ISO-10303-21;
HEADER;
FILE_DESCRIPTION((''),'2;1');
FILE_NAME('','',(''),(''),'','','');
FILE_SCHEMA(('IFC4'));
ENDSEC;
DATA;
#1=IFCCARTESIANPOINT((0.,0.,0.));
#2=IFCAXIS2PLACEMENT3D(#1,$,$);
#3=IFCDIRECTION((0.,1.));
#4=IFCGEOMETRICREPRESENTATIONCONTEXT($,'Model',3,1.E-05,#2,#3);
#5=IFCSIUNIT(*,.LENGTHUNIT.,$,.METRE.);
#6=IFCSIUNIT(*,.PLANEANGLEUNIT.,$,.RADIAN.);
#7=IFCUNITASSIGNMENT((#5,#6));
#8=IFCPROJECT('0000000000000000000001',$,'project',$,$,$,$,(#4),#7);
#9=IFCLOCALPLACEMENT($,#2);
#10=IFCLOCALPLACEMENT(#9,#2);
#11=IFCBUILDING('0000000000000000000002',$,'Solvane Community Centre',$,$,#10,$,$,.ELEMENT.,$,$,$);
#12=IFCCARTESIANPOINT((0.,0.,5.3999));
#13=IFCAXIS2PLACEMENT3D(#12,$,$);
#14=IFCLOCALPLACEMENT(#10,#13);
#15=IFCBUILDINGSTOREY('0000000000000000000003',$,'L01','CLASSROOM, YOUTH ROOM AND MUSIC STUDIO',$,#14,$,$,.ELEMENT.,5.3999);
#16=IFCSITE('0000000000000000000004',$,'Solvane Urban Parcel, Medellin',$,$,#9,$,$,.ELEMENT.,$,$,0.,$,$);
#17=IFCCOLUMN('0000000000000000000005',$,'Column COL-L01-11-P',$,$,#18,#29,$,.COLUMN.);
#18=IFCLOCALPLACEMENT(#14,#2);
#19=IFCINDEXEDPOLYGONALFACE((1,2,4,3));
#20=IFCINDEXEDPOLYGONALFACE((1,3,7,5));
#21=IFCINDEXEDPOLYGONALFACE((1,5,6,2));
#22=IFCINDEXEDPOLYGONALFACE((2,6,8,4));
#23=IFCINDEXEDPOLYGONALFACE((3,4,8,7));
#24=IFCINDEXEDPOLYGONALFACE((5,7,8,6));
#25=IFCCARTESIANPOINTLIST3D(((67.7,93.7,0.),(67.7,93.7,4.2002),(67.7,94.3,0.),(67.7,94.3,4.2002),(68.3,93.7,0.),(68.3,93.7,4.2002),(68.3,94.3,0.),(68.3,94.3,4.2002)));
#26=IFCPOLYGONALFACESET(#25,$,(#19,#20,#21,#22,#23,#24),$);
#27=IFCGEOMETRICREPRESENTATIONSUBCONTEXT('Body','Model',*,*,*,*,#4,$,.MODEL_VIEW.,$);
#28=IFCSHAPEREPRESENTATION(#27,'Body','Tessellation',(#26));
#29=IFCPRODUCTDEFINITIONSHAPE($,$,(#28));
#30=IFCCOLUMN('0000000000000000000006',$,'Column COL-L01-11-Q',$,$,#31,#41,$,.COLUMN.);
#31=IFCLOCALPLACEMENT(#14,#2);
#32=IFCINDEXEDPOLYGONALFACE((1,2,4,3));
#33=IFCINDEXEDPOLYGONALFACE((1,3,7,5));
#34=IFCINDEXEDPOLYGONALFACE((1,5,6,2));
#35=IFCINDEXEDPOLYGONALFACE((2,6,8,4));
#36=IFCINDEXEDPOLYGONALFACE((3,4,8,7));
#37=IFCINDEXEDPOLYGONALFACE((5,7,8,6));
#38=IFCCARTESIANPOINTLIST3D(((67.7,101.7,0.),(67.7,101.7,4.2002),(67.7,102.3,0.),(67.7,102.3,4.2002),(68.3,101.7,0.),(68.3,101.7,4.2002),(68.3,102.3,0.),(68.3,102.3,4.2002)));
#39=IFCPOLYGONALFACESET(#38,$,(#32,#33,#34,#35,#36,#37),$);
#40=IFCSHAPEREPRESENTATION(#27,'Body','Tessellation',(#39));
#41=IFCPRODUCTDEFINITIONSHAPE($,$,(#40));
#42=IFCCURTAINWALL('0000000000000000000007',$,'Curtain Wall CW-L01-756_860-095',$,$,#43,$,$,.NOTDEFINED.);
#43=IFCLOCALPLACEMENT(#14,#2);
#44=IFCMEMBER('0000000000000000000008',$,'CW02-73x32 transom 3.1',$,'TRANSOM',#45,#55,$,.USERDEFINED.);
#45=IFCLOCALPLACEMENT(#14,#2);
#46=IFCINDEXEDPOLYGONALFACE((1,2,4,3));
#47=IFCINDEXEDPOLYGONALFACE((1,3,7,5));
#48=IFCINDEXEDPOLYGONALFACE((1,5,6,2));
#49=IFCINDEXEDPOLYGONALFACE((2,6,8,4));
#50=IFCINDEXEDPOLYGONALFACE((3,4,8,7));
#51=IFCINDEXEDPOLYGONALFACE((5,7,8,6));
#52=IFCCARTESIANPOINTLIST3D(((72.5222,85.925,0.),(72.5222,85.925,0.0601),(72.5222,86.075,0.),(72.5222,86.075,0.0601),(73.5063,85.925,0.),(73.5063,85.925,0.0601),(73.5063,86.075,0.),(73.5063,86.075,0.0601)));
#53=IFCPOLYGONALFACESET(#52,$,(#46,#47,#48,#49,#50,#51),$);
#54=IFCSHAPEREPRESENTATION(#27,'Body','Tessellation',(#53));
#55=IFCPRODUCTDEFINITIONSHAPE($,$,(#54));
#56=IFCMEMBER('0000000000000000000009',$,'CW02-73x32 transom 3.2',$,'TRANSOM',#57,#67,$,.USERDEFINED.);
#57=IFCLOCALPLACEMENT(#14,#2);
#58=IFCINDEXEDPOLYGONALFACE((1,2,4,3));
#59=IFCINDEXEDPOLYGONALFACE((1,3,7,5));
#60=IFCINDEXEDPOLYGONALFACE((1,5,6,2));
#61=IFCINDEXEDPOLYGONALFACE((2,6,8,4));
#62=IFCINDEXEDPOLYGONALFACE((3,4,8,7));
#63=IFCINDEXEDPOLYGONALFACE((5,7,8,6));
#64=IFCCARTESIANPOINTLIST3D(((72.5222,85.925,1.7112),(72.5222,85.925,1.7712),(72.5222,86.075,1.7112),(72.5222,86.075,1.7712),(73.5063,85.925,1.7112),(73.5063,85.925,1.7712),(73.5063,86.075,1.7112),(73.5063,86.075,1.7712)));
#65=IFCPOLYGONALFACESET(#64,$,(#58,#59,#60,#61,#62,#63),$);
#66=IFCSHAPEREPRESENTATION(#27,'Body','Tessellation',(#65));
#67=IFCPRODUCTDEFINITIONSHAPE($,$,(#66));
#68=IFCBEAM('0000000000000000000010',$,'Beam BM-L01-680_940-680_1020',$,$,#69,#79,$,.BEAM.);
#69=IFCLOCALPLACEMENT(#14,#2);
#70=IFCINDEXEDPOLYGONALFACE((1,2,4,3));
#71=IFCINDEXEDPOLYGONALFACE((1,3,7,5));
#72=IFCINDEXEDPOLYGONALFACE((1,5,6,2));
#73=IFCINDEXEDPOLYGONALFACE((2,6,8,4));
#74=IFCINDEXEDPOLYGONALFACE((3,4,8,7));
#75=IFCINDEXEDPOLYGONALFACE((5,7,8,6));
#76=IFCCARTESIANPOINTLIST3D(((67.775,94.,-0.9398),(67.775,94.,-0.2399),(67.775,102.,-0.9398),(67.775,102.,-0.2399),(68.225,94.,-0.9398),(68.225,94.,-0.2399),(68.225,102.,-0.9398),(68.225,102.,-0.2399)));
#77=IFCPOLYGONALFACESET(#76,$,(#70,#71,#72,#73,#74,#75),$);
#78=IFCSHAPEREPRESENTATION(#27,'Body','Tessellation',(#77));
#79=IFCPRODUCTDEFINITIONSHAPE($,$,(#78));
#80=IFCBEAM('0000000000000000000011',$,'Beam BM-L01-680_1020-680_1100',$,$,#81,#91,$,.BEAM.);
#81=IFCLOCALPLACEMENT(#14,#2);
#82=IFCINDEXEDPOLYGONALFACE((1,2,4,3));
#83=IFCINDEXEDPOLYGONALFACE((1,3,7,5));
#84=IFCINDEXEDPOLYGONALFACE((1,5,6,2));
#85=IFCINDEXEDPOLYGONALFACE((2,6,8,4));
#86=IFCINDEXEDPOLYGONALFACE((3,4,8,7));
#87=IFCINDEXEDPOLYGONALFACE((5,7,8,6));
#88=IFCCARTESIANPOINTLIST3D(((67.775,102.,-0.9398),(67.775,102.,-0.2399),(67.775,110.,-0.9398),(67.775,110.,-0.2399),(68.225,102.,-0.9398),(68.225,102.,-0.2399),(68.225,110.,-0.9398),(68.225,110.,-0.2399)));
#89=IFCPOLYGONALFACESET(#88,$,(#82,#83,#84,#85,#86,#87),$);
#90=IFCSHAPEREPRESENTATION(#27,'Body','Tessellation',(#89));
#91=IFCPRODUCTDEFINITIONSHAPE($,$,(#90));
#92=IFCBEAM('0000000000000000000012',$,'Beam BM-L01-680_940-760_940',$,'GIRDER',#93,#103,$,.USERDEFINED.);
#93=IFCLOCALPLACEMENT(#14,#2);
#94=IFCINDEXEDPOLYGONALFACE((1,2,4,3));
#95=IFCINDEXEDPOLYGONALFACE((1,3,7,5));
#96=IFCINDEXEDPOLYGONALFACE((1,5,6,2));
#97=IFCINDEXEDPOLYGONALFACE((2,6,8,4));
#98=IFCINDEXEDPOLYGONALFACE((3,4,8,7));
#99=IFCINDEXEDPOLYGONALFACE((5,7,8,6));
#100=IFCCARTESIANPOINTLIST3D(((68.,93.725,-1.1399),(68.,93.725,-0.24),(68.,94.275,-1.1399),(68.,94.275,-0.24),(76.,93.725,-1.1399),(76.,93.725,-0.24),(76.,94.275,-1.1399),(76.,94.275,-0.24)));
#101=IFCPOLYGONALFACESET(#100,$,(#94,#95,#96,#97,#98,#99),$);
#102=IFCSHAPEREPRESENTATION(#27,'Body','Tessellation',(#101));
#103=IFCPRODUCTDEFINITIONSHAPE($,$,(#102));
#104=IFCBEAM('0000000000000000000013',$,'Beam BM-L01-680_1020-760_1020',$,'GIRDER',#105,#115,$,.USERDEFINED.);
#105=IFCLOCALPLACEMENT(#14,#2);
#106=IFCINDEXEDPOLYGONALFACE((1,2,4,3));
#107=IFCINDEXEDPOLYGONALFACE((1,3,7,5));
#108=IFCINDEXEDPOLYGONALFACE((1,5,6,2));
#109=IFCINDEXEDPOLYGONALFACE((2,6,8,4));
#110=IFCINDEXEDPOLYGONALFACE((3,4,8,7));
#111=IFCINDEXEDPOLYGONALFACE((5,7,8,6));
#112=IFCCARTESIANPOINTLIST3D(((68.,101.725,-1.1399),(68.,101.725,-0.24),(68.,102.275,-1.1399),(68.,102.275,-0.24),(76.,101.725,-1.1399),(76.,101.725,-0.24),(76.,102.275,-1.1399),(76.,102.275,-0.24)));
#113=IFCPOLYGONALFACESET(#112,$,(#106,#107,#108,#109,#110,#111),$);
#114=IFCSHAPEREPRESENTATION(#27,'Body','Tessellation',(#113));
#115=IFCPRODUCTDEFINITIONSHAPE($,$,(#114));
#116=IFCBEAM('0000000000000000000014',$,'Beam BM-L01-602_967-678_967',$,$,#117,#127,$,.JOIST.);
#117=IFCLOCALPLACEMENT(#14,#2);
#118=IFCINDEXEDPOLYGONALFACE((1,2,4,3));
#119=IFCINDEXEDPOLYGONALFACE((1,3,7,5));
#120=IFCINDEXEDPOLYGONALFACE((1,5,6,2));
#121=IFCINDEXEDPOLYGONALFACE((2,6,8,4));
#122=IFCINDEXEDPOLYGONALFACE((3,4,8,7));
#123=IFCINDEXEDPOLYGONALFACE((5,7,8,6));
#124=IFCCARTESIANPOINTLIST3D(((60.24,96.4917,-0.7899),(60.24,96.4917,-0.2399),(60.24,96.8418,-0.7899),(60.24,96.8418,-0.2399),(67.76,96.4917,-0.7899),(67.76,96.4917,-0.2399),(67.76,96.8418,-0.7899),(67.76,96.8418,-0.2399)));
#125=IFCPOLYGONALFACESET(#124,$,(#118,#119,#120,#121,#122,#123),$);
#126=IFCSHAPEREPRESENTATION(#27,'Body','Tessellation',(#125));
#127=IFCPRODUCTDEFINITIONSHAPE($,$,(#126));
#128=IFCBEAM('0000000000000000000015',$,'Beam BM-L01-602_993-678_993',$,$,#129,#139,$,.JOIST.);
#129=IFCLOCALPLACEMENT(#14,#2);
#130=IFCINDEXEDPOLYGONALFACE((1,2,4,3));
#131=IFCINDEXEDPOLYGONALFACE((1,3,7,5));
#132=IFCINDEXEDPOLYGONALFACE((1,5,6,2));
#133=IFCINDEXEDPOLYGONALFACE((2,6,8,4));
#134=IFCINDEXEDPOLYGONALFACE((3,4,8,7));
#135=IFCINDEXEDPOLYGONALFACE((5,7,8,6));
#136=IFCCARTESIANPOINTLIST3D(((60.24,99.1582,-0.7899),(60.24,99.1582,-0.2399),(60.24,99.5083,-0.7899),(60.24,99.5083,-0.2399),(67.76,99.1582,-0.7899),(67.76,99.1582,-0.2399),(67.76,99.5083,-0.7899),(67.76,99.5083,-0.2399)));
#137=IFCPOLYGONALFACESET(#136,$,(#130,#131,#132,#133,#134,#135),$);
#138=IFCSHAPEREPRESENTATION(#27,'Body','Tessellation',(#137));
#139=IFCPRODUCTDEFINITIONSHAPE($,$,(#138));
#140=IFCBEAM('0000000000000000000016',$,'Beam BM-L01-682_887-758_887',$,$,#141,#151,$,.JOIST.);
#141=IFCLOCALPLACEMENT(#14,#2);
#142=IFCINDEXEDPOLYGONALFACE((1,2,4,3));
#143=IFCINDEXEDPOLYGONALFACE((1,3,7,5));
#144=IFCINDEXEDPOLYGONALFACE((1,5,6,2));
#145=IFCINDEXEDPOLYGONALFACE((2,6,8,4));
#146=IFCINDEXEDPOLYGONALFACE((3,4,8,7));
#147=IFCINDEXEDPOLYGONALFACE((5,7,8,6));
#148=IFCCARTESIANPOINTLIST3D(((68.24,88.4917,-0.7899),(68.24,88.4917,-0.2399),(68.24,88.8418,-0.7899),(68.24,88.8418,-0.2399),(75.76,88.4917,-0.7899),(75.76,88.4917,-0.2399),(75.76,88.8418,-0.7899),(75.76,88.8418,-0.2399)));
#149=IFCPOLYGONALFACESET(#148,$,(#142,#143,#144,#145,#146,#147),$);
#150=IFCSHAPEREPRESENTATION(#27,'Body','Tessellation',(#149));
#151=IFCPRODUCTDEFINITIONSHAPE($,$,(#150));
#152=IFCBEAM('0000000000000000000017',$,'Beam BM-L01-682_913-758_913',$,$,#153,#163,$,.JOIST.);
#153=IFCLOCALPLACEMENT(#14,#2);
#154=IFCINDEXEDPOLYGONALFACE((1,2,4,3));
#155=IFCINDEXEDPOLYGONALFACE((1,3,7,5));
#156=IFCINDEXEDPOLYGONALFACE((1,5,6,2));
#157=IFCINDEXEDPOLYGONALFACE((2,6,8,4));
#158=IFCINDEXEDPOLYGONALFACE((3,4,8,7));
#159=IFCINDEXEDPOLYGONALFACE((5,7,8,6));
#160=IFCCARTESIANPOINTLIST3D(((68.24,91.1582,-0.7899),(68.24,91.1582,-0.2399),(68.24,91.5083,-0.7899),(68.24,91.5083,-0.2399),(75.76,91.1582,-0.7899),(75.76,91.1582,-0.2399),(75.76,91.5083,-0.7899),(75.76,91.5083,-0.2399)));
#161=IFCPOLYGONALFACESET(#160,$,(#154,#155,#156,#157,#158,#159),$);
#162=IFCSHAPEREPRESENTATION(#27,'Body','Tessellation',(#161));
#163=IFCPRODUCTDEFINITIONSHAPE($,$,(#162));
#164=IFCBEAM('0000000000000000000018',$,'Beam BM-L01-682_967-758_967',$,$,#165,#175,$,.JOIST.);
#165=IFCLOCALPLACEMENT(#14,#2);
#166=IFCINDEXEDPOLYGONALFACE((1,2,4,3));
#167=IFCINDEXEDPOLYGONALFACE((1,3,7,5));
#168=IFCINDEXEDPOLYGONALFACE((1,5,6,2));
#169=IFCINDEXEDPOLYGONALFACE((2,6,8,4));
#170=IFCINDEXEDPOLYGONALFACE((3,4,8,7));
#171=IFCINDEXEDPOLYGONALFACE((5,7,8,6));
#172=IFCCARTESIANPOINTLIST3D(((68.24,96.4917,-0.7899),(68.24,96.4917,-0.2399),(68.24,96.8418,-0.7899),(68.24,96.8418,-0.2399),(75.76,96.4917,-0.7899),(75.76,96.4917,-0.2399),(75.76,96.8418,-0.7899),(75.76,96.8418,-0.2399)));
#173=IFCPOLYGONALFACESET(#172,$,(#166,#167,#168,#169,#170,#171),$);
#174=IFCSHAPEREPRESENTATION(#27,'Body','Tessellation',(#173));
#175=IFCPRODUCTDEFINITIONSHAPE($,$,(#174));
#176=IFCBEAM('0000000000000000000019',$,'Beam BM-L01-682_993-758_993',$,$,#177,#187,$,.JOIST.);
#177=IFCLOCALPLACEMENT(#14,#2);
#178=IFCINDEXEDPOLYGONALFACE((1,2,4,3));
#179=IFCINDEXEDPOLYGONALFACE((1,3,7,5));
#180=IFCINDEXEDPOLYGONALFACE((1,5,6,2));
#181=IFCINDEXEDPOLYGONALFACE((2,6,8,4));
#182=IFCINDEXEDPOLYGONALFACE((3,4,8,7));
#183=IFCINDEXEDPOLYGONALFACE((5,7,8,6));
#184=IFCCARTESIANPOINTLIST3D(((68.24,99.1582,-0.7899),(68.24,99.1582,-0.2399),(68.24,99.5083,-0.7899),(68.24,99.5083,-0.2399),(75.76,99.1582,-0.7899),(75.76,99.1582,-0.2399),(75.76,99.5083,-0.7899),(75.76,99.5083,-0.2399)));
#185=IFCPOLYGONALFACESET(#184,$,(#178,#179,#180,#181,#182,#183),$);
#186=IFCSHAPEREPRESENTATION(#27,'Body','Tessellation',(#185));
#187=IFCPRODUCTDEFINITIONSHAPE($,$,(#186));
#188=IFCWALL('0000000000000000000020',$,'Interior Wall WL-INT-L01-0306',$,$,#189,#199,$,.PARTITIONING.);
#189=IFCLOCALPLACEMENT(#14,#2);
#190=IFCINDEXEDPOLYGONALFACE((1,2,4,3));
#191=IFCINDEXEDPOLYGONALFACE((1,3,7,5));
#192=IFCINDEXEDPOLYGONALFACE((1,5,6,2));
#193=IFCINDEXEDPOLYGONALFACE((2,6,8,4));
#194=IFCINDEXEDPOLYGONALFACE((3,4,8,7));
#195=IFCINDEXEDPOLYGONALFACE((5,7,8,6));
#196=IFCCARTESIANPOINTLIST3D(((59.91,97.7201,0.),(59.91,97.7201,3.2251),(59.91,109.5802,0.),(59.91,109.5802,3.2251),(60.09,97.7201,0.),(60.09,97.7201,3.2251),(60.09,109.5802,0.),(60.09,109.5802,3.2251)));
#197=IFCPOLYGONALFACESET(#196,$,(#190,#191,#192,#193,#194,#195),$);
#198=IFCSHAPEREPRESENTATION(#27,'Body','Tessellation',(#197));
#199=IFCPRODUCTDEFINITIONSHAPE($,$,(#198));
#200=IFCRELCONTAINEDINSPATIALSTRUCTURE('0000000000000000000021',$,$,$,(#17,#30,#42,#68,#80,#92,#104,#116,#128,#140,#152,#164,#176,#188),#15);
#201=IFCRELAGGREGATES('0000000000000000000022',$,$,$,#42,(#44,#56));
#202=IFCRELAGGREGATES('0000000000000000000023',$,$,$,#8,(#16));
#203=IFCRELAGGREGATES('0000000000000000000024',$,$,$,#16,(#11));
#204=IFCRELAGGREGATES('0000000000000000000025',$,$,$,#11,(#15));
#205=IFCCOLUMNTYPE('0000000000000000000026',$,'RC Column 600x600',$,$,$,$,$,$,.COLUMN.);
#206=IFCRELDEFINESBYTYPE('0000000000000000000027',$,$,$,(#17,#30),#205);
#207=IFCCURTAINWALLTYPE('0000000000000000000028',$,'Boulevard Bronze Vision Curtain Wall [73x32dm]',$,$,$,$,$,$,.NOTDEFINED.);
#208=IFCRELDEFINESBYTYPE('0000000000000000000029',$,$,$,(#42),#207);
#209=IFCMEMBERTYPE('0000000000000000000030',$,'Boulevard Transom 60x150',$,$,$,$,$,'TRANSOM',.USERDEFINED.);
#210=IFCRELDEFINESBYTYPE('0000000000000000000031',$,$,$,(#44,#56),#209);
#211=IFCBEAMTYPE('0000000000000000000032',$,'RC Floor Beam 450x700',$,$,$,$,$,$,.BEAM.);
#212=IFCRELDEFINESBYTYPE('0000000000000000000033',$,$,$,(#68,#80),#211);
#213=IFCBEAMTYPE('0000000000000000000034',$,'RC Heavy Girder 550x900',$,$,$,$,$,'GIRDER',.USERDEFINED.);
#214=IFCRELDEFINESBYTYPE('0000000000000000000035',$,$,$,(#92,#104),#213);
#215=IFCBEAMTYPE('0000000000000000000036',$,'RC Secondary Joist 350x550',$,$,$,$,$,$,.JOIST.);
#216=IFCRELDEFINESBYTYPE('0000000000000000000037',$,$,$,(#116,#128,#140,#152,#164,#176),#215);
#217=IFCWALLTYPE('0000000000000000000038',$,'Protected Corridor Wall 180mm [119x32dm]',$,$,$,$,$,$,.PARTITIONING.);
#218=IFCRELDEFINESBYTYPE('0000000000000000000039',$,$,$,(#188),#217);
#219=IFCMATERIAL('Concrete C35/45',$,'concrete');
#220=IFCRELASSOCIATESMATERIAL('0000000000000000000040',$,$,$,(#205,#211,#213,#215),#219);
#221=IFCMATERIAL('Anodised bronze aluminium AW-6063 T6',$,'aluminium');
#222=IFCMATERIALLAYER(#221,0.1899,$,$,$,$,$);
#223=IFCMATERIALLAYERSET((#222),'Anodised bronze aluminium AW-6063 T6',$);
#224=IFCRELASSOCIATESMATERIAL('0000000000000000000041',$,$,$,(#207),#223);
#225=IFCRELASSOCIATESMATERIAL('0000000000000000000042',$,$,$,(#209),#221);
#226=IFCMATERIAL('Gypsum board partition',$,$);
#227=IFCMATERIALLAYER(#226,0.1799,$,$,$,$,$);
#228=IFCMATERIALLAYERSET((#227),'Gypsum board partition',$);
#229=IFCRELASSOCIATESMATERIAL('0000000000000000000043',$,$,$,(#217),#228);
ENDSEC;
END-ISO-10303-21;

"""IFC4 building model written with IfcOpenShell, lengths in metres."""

from ifc_helpers import new_model, si_unit, direction, frame, frame_2d, origin, origin_2d, place, context, subcontext, project, spatial, rectangle, extrude, material, layer, layer_set, material_profile, profile_set, type_object, element, aggregate, save


model = new_model("IFC4")

# Units and contexts
model_context = context("Model", 3, precision=1e-05, world=origin(), true_north=direction((0.0, 1.0)))
body_context = subcontext(model_context, "Body", "Model", "MODEL_VIEW")
ifc_project = project(units=[si_unit("LENGTHUNIT", "METRE"), si_unit("PLANEANGLEUNIT", "RADIAN")], contexts=[model_context])

# Site, building, storey
site_placement = place(None, origin())
site = spatial("IfcSite", under=ifc_project, at=site_placement, Name="Solvane Urban Parcel, Medellin", CompositionType="ELEMENT", RefElevation=0.0)
building_placement = place(site_placement, origin())
building = spatial("IfcBuilding", under=site, at=building_placement, Name="Solvane Community Centre", CompositionType="ELEMENT")
storey_placement = place(building_placement, frame((0.0, 0.0, 5.3999)))
storey = spatial("IfcBuildingStorey", under=building, at=storey_placement, Name="L01", Description="CLASSROOM, YOUTH ROOM AND MUSIC STUDIO", CompositionType="ELEMENT", Elevation=5.3999)

# Columns
ifc_material_1 = material(Name="Concrete C35/45", Category="concrete")
ifc_material_profile_1 = material_profile(ifc_material_1, rectangle(XDim=0.6001, YDim=0.6001, at=origin_2d()), Name="RC 600x600")
ifc_profile_set_1 = profile_set([ifc_material_profile_1], Name="Concrete C35/45")
column_type = type_object("IfcColumnType", Name="RC Column 600x600", PredefinedType="COLUMN", material=ifc_profile_set_1)
for number, where, z_axis, x_axis, name in (
    (1, (68.0, 94.0, 0.0), (0.0, 0.0, 1.0), (1.0, 0.0, 0.0), "Column COL-L01-11-P"),
    (2, (68.0, 102.0, 0.0), (0.0, 0.0, 1.0), (1.0, 0.0, 0.0), "Column COL-L01-11-Q"),
):
    element("IfcColumn", number, at=place(storey_placement, frame(where, z_axis=z_axis, x_axis=x_axis)), inside=storey, type_object=column_type, Name=name, PredefinedType="COLUMN", context=body_context, shape_type="SweptSolid", body=[
        extrude(rectangle(XDim=0.6001, YDim=0.6001, at=origin_2d()), origin(), (0.0, 0.0, 1.0), 4.2002),
    ])

# Curtain wall, members
ifc_material_2 = material(Name="Anodised bronze aluminium AW-6063 T6", Category="aluminium")
ifc_layer_1 = layer(ifc_material_2, 0.1899)
ifc_layer_set_1 = layer_set([ifc_layer_1], Name="Anodised bronze aluminium AW-6063 T6")
curtain_wall_type = type_object("IfcCurtainWallType", Name="Boulevard Bronze Vision Curtain Wall [73x32dm]", PredefinedType="NOTDEFINED", material=ifc_layer_set_1)
curtain_wall_placement = place(storey_placement, origin())
curtain_wall = element("IfcCurtainWall", 3, at=curtain_wall_placement, inside=storey, type_object=curtain_wall_type, Name="Curtain Wall CW-L01-756_860-095", PredefinedType="NOTDEFINED")
ifc_material_profile_2 = material_profile(ifc_material_2, rectangle(XDim=0.1499, YDim=0.0601, at=origin_2d()), Name="CW-T 60x150")
ifc_profile_set_2 = profile_set([ifc_material_profile_2], Name="Anodised bronze aluminium AW-6063 T6")
member_type = type_object("IfcMemberType", Name="Boulevard Transom 60x150", ElementType="TRANSOM", PredefinedType="USERDEFINED", material=ifc_profile_set_2)
member_1_placement = place(storey_placement, frame((73.5063, 86.0, 0.03), z_axis=(-1.0, 0.0, 0.0), x_axis=(0.0, -1.0, 0.0)))
member_1 = element("IfcMember", 4, at=member_1_placement, type_object=member_type, Name="CW02-73x32 transom 3.1", ObjectType="TRANSOM", PredefinedType="USERDEFINED", context=body_context, shape_type="SweptSolid", body=[
    extrude(rectangle(XDim=0.1499, YDim=0.0601, at=origin_2d()), origin(), (0.0, 0.0, 1.0), 0.9841),
])
member_2_placement = place(storey_placement, frame((73.5063, 86.0, 1.7412), z_axis=(-1.0, 0.0, 0.0), x_axis=(0.0, -1.0, 0.0)))
member_2 = element("IfcMember", 5, at=member_2_placement, type_object=member_type, Name="CW02-73x32 transom 3.2", ObjectType="TRANSOM", PredefinedType="USERDEFINED", context=body_context, shape_type="SweptSolid", body=[
    extrude(rectangle(XDim=0.1499, YDim=0.0601, at=origin_2d()), origin(), (0.0, 0.0, 1.0), 0.9841),
])
aggregate(curtain_wall, [member_1, member_2])

# Beams
ifc_material_profile_3 = material_profile(ifc_material_1, rectangle(XDim=0.45, YDim=0.7, at=origin_2d()), Name="RC 450x700")
ifc_profile_set_3 = profile_set([ifc_material_profile_3], Name="Concrete C35/45")
beam_type_1 = type_object("IfcBeamType", Name="RC Floor Beam 450x700", PredefinedType="BEAM", material=ifc_profile_set_3)
for number, where, z_axis, x_axis, name in (
    (6, (68.0, 94.0, -0.5898), (0.0, 1.0, 0.0), (-1.0, 0.0, 0.0), "Beam BM-L01-680_940-680_1020"),
    (7, (68.0, 102.0, -0.5898), (0.0, 1.0, 0.0), (-1.0, 0.0, 0.0), "Beam BM-L01-680_1020-680_1100"),
):
    element("IfcBeam", number, at=place(storey_placement, frame(where, z_axis=z_axis, x_axis=x_axis)), inside=storey, type_object=beam_type_1, Name=name, PredefinedType="BEAM", context=body_context, shape_type="SweptSolid", body=[
        extrude(rectangle(XDim=0.45, YDim=0.7, at=origin_2d()), origin(), (0.0, 0.0, 1.0), 8.0),
    ])
ifc_material_profile_4 = material_profile(ifc_material_1, rectangle(XDim=0.55, YDim=0.8999, at=origin_2d()), Name="RC 550x900")
ifc_profile_set_4 = profile_set([ifc_material_profile_4], Name="Concrete C35/45")
beam_type_2 = type_object("IfcBeamType", Name="RC Heavy Girder 550x900", ElementType="GIRDER", PredefinedType="USERDEFINED", material=ifc_profile_set_4)
for number, where, z_axis, x_axis, name in (
    (8, (68.0, 94.0, -0.6899), (1.0, 0.0, 0.0), (0.0, 1.0, 0.0), "Beam BM-L01-680_940-760_940"),
    (9, (68.0, 102.0, -0.6899), (1.0, 0.0, 0.0), (0.0, 1.0, 0.0), "Beam BM-L01-680_1020-760_1020"),
):
    element("IfcBeam", number, at=place(storey_placement, frame(where, z_axis=z_axis, x_axis=x_axis)), inside=storey, type_object=beam_type_2, Name=name, ObjectType="GIRDER", PredefinedType="USERDEFINED", context=body_context, shape_type="SweptSolid", body=[
        extrude(rectangle(XDim=0.55, YDim=0.8999, at=origin_2d()), origin(), (0.0, 0.0, 1.0), 8.0),
    ])
ifc_material_profile_5 = material_profile(ifc_material_1, rectangle(XDim=0.3501, YDim=0.55, at=origin_2d()), Name="RC 350x550")
ifc_profile_set_5 = profile_set([ifc_material_profile_5], Name="Concrete C35/45")
beam_type_3 = type_object("IfcBeamType", Name="RC Secondary Joist 350x550", PredefinedType="JOIST", material=ifc_profile_set_5)
for number, where, z_axis, x_axis, name in (
    (10, (60.24, 96.6667, -0.5149), (1.0, 0.0, 0.0), (0.0, 1.0, 0.0), "Beam BM-L01-602_967-678_967"),
    (11, (60.24, 99.3333, -0.5149), (1.0, 0.0, 0.0), (0.0, 1.0, 0.0), "Beam BM-L01-602_993-678_993"),
    (12, (68.24, 88.6667, -0.5149), (1.0, 0.0, 0.0), (0.0, 1.0, 0.0), "Beam BM-L01-682_887-758_887"),
    (13, (68.24, 91.3333, -0.5149), (1.0, 0.0, 0.0), (0.0, 1.0, 0.0), "Beam BM-L01-682_913-758_913"),
    (14, (68.24, 96.6667, -0.5149), (1.0, 0.0, 0.0), (0.0, 1.0, 0.0), "Beam BM-L01-682_967-758_967"),
    (15, (68.24, 99.3333, -0.5149), (1.0, 0.0, 0.0), (0.0, 1.0, 0.0), "Beam BM-L01-682_993-758_993"),
):
    element("IfcBeam", number, at=place(storey_placement, frame(where, z_axis=z_axis, x_axis=x_axis)), inside=storey, type_object=beam_type_3, Name=name, PredefinedType="JOIST", context=body_context, shape_type="SweptSolid", body=[
        extrude(rectangle(XDim=0.3501, YDim=0.55, at=origin_2d()), origin(), (0.0, 0.0, 1.0), 7.52),
    ])

# Wall
ifc_material_3 = material(Name="Gypsum board partition")
ifc_layer_2 = layer(ifc_material_3, 0.1799)
ifc_layer_set_2 = layer_set([ifc_layer_2], Name="Gypsum board partition")
wall_type_1 = type_object("IfcWallType", Name="Protected Corridor Wall 180mm [119x32dm]", PredefinedType="PARTITIONING", material=ifc_layer_set_2)
wall_1_placement = place(storey_placement, frame((60.0, 97.72, 0.0), z_axis=(0.0, 0.0, 1.0), x_axis=(0.0, 1.0, 0.0)))
element("IfcWall", 16, at=wall_1_placement, inside=storey, type_object=wall_type_1, Name="Interior Wall WL-INT-L01-0306", PredefinedType="PARTITIONING", context=body_context, shape_type="SweptSolid", body=[
    extrude(rectangle(XDim=11.8601, YDim=0.1799, at=frame_2d((5.9302, 0.0))), origin(), (0.0, 0.0, 1.0), 3.2251),
])

save(model, "model.ifc")
